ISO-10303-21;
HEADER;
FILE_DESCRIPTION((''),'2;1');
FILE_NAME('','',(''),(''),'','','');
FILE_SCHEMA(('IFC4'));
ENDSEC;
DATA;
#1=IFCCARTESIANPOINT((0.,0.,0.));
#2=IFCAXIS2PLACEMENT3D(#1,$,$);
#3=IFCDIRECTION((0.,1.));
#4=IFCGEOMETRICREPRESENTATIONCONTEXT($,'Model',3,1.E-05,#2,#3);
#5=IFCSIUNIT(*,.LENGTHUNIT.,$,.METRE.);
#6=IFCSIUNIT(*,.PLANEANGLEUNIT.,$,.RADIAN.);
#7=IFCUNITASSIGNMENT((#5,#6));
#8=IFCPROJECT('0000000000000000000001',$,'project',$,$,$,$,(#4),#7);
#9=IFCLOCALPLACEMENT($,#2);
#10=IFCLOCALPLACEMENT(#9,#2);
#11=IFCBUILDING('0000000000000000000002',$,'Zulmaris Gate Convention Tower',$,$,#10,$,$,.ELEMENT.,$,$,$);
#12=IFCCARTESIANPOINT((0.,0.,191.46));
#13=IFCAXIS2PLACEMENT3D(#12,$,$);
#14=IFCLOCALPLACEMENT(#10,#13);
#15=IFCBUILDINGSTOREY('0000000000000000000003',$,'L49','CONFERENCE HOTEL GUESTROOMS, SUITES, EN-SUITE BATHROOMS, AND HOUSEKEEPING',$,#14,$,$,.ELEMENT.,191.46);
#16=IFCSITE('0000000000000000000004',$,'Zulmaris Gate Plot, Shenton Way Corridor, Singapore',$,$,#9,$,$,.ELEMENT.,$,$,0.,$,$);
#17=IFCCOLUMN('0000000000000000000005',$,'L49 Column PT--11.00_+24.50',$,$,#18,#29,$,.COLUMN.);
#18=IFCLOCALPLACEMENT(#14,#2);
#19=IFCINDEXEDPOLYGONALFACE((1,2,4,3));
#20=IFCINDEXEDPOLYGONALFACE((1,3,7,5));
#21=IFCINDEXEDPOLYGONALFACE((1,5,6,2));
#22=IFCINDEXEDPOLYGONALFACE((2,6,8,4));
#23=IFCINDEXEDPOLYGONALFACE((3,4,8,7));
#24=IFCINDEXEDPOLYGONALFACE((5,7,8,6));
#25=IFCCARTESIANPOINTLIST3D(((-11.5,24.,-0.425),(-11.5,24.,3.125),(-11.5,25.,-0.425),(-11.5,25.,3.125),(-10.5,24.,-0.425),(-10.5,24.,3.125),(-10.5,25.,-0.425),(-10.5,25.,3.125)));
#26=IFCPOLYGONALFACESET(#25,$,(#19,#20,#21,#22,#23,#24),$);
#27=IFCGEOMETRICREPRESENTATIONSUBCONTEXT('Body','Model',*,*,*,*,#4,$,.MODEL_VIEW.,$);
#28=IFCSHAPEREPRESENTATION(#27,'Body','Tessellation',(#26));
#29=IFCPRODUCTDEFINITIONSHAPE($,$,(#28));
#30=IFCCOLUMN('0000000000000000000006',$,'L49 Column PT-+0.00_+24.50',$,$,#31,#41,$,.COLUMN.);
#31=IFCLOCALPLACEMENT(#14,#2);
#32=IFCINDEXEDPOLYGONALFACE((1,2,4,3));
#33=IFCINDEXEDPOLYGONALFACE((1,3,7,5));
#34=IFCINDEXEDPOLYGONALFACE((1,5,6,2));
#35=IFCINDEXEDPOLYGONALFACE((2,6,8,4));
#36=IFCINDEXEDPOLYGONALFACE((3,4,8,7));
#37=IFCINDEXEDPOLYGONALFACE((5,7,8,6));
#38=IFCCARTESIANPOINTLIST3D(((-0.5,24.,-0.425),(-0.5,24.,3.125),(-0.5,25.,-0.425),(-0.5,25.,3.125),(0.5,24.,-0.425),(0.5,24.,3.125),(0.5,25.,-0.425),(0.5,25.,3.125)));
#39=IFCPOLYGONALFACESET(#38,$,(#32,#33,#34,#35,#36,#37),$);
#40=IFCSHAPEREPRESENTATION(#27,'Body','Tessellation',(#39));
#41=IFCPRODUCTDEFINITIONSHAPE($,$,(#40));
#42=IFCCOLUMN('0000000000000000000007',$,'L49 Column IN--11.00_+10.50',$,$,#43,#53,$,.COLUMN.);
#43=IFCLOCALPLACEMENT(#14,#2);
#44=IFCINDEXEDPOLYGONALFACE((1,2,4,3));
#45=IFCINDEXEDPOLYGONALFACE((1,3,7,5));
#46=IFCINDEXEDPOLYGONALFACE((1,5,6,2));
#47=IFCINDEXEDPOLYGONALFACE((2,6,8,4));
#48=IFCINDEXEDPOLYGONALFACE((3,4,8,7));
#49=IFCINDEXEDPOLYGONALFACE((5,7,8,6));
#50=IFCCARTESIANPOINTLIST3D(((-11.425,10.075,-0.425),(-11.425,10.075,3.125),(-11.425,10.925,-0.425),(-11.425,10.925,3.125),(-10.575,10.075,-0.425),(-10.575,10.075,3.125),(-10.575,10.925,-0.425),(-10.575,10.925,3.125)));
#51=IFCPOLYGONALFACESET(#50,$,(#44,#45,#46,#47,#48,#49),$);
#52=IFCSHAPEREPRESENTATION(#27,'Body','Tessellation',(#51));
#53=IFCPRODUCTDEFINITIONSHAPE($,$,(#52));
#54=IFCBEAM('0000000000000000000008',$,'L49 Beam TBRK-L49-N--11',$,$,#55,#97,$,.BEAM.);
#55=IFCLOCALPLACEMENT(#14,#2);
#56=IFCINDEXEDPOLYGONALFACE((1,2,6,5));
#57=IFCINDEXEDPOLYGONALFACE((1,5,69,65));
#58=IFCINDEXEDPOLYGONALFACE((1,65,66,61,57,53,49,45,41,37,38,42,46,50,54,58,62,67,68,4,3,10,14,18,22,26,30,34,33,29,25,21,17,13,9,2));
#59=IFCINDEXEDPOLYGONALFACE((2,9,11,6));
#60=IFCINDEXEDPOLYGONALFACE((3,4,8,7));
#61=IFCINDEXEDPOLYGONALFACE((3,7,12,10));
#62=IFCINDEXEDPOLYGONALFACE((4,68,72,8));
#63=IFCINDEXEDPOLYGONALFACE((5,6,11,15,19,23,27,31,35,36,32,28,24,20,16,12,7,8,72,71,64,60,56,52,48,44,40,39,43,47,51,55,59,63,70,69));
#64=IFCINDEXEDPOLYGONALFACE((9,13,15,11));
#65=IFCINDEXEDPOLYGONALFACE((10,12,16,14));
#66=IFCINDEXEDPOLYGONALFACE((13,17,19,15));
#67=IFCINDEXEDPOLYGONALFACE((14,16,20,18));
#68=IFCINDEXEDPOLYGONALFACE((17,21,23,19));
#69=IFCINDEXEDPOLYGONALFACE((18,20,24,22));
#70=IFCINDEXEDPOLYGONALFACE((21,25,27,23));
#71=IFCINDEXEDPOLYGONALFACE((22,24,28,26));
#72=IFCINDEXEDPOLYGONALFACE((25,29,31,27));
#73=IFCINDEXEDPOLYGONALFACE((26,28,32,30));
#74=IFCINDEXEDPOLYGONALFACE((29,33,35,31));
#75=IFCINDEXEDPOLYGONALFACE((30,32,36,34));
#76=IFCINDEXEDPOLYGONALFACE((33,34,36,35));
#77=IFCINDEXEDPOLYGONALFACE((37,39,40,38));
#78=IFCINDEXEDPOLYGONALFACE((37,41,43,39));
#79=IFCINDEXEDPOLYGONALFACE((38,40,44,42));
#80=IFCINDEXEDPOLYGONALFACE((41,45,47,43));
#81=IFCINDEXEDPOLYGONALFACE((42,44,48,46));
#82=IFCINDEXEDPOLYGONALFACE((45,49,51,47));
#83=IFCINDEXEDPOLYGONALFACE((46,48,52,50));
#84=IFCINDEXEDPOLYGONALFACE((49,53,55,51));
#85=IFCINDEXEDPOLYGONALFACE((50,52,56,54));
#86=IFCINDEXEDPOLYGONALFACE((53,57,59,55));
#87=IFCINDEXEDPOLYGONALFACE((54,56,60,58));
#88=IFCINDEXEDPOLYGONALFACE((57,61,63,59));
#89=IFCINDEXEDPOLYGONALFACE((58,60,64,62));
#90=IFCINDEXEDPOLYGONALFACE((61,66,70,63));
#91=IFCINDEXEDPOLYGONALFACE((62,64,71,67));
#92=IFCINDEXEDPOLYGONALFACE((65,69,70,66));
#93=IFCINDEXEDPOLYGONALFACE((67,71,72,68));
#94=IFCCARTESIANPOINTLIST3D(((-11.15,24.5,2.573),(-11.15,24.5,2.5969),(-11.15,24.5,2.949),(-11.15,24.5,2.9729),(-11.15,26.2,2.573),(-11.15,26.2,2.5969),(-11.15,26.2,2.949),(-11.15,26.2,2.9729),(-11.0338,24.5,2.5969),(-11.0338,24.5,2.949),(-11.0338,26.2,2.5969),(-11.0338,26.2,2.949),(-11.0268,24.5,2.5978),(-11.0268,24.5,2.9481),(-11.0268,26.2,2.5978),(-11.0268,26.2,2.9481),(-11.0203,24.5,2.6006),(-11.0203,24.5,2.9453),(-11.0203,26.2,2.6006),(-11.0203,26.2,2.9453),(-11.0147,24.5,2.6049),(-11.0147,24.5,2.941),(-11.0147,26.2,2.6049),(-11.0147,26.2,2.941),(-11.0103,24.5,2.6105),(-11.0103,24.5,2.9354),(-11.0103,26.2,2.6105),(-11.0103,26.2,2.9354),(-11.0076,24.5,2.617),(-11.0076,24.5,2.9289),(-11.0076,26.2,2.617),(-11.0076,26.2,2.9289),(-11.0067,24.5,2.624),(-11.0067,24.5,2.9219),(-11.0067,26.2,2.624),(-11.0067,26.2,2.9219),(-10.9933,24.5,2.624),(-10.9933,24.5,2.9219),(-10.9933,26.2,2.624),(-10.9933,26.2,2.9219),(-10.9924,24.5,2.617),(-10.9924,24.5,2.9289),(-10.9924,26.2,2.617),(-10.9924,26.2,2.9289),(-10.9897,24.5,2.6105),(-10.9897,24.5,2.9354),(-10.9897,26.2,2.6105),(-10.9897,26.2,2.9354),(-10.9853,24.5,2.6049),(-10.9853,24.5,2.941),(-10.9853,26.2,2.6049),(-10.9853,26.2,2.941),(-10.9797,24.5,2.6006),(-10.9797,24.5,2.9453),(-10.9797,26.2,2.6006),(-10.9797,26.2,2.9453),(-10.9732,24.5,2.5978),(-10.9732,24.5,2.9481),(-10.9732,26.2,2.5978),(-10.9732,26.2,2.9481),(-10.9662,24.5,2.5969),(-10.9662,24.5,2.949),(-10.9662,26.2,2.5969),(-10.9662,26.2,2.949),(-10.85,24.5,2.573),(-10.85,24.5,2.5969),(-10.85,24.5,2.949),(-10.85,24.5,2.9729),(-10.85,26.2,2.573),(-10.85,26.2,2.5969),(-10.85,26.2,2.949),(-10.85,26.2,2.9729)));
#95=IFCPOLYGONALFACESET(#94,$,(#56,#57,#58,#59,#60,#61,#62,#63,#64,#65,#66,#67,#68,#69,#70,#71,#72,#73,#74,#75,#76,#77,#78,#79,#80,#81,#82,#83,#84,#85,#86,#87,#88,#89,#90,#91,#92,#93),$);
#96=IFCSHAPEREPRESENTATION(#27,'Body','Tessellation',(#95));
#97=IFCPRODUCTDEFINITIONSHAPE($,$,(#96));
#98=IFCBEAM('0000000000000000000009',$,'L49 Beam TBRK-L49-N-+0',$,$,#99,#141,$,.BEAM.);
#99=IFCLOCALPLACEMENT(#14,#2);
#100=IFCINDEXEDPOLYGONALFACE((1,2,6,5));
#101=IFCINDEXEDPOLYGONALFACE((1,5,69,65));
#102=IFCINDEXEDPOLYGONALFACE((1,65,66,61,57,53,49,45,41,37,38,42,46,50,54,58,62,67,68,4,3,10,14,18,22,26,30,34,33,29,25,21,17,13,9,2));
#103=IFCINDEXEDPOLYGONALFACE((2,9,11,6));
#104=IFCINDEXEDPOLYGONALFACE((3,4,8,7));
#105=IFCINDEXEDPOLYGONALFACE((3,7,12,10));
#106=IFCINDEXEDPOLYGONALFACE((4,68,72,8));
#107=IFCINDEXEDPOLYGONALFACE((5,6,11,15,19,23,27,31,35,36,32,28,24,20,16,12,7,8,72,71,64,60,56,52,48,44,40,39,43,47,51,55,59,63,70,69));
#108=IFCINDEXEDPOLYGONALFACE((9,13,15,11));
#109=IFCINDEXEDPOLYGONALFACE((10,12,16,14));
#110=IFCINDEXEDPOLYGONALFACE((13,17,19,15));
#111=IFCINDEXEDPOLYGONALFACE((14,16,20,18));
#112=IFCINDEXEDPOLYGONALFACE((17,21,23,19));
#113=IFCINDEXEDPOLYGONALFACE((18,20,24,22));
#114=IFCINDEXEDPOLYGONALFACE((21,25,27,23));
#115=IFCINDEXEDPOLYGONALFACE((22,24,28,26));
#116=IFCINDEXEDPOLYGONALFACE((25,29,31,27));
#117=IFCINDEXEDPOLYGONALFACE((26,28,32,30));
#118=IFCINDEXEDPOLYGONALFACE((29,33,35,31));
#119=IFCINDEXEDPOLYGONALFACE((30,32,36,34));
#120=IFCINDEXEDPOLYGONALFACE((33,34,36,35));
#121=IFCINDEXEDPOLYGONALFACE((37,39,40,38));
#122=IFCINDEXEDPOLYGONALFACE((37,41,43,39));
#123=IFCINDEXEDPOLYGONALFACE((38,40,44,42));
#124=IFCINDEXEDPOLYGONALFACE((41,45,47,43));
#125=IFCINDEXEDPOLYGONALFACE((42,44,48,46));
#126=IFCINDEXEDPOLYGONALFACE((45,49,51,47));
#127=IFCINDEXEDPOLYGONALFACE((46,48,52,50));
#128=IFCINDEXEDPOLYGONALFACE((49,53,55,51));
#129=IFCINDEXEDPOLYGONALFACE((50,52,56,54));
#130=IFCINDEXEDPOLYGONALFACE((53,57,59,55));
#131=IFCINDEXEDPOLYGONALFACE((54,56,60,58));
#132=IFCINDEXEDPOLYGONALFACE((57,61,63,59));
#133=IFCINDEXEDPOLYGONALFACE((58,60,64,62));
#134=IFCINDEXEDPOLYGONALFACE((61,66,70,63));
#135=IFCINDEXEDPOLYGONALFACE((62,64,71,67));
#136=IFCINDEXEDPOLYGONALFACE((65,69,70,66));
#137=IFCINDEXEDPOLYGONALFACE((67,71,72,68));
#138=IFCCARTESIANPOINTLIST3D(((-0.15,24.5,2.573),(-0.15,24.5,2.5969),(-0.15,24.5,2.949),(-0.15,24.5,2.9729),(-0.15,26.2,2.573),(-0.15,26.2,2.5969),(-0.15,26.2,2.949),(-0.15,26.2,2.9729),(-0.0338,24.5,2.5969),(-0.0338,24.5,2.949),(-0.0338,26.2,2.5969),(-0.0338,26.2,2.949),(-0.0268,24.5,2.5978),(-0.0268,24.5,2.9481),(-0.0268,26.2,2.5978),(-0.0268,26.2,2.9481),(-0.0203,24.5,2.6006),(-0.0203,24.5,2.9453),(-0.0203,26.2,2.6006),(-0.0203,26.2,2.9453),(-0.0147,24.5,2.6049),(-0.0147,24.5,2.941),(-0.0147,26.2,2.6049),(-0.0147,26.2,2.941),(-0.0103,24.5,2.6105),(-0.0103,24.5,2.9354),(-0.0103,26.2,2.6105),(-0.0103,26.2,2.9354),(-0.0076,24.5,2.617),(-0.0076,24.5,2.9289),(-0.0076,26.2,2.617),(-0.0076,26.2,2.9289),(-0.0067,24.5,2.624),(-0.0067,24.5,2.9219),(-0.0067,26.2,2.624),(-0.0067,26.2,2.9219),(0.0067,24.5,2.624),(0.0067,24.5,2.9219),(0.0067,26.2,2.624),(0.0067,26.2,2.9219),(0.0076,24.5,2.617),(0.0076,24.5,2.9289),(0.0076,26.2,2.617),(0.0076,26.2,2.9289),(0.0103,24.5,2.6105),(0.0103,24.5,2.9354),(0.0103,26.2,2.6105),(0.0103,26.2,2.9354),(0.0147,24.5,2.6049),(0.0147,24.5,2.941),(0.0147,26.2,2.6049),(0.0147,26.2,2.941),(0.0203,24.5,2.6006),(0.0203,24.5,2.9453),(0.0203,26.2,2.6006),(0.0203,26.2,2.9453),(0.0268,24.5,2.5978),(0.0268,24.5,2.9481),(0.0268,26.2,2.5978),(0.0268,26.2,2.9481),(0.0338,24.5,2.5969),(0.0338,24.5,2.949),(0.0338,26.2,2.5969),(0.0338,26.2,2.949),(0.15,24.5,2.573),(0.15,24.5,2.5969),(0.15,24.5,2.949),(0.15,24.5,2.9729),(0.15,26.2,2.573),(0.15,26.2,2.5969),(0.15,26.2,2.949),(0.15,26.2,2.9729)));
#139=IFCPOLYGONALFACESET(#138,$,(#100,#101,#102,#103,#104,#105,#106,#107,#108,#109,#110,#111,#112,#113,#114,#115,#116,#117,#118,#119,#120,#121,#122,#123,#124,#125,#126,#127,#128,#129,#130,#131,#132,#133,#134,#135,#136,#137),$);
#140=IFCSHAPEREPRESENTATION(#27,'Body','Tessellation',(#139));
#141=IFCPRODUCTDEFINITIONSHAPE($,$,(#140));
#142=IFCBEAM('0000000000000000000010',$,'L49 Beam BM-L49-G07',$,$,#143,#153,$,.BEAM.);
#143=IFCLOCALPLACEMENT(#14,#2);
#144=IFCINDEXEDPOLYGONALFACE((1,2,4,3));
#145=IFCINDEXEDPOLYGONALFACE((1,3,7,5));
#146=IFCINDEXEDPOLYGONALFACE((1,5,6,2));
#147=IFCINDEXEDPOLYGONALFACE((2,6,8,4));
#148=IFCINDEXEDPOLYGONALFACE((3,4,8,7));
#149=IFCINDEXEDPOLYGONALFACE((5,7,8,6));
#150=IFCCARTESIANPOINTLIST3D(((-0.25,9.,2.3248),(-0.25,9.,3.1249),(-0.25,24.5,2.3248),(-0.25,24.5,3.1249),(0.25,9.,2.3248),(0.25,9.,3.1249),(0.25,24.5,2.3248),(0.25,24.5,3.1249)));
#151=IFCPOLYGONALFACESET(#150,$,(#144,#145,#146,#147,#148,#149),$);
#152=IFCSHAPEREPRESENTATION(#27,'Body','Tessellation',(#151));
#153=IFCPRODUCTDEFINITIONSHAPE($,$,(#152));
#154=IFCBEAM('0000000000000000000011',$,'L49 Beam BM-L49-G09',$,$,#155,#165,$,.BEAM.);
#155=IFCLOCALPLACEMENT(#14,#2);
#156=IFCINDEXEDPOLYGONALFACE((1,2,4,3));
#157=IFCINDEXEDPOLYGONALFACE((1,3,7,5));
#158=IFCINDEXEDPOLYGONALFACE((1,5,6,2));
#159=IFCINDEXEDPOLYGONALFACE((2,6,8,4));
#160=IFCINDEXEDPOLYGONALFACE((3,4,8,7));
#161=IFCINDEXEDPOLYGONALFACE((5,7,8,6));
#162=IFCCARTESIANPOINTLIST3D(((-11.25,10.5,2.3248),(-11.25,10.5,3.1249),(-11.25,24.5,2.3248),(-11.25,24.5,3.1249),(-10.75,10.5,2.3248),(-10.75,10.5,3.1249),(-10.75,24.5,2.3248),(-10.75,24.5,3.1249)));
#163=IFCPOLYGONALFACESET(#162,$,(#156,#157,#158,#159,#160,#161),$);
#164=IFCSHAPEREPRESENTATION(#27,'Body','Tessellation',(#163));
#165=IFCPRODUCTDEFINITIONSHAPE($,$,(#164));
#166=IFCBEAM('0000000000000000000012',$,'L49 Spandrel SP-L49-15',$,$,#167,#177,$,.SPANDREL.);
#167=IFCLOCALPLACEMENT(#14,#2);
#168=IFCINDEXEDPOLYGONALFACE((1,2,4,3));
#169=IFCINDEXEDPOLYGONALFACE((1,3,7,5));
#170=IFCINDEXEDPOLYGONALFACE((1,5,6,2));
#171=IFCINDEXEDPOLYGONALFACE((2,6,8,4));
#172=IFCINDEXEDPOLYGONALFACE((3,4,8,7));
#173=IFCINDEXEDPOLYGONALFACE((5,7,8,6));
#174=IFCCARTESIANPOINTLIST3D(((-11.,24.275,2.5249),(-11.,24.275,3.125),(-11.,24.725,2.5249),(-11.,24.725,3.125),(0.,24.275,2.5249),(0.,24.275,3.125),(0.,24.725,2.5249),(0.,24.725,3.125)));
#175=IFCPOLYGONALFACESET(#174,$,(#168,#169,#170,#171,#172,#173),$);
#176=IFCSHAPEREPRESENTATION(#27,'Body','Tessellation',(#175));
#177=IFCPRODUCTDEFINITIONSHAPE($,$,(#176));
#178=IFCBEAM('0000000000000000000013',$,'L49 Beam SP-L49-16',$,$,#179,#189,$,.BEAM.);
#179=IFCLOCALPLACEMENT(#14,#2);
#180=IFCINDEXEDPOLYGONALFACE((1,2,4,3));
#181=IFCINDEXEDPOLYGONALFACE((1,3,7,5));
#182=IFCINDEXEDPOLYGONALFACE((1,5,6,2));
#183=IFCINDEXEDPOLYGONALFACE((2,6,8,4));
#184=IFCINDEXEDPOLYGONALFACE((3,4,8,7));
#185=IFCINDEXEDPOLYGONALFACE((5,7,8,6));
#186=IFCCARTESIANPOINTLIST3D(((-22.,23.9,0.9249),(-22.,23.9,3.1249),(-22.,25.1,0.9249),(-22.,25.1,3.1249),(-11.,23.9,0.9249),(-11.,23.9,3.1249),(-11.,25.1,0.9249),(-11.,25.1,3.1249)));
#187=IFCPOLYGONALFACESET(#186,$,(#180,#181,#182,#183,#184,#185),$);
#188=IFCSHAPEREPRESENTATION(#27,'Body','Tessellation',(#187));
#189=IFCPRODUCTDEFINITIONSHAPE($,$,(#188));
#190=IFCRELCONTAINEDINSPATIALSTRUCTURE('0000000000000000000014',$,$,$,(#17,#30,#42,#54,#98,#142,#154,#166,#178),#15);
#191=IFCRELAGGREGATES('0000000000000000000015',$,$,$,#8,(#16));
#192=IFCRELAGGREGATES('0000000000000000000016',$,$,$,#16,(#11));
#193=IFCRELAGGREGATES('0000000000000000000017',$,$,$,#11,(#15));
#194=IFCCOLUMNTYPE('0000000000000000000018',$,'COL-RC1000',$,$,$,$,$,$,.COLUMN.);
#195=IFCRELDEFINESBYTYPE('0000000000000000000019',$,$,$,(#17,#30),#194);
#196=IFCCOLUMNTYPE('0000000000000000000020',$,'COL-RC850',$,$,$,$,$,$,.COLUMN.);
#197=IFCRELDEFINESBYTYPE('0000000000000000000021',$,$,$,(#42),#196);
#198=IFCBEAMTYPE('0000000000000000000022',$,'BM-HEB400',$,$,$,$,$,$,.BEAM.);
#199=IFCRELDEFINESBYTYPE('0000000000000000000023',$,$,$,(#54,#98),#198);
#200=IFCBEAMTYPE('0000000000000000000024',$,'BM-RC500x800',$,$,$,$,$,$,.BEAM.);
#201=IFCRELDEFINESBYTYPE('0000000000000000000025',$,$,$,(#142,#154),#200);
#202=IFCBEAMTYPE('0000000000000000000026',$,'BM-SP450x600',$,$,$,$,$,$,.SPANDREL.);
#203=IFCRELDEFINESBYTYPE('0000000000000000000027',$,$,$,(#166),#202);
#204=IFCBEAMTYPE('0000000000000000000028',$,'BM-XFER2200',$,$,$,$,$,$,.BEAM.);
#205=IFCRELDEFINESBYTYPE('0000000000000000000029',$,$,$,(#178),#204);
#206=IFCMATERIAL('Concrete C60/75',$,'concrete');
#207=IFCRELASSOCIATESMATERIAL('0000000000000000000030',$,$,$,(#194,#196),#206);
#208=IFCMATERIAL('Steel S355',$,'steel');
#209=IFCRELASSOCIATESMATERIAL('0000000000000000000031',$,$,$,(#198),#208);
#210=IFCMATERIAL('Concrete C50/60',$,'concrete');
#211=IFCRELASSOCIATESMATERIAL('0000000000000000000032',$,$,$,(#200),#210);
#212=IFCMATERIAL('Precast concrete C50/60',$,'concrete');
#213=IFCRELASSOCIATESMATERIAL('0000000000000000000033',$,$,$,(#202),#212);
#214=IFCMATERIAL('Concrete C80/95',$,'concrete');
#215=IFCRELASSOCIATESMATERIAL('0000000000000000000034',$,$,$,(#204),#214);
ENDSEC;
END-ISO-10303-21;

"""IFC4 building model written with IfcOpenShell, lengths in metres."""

from ifc_helpers import new_model, si_unit, direction, frame, origin, origin_2d, place, context, subcontext, project, spatial, rectangle, i_section, extrude, material, material_profile, profile_set, type_object, element, save


model = new_model("IFC4")

# Units and contexts
model_context = context("Model", 3, precision=1e-05, world=origin(), true_north=direction((0.0, 1.0)))
body_context = subcontext(model_context, "Body", "Model", "MODEL_VIEW")
ifc_project = project(units=[si_unit("LENGTHUNIT", "METRE"), si_unit("PLANEANGLEUNIT", "RADIAN")], contexts=[model_context])

# Site, building, storey
site_placement = place(None, origin())
site = spatial("IfcSite", under=ifc_project, at=site_placement, Name="Zulmaris Gate Plot, Shenton Way Corridor, Singapore", CompositionType="ELEMENT", RefElevation=0.0)
building_placement = place(site_placement, origin())
building = spatial("IfcBuilding", under=site, at=building_placement, Name="Zulmaris Gate Convention Tower", CompositionType="ELEMENT")
storey_placement = place(building_placement, frame((0.0, 0.0, 191.46)))
storey = spatial("IfcBuildingStorey", under=building, at=storey_placement, Name="L49", Description="CONFERENCE HOTEL GUESTROOMS, SUITES, EN-SUITE BATHROOMS, AND HOUSEKEEPING", CompositionType="ELEMENT", Elevation=191.46)

# Columns
ifc_material_1 = material(Name="Concrete C60/75", Category="concrete")
ifc_material_profile_1 = material_profile(ifc_material_1, rectangle(XDim=1.0, YDim=1.0, at=origin_2d()), Name="RC COL 1000x1000")
ifc_profile_set_1 = profile_set([ifc_material_profile_1], Name="Concrete C60/75")
column_type_1 = type_object("IfcColumnType", Name="COL-RC1000", PredefinedType="COLUMN", material=ifc_profile_set_1)
for number, where, z_axis, x_axis, name in (
    (1, (-11.0, 24.5, -0.425), (0.0, 0.0, 1.0), (1.0, 0.0, 0.0), "L49 Column PT--11.00_+24.50"),
    (2, (0.0, 24.5, -0.425), (0.0, 0.0, 1.0), (1.0, 0.0, 0.0), "L49 Column PT-+0.00_+24.50"),
):
    element("IfcColumn", number, at=place(storey_placement, frame(where, z_axis=z_axis, x_axis=x_axis)), inside=storey, type_object=column_type_1, Name=name, PredefinedType="COLUMN", context=body_context, shape_type="SweptSolid", body=[
        extrude(rectangle(XDim=1.0, YDim=1.0, at=origin_2d()), origin(), (0.0, 0.0, 1.0), 3.55),
    ])
ifc_material_profile_2 = material_profile(ifc_material_1, rectangle(XDim=0.8501, YDim=0.8501, at=origin_2d()), Name="RC COL 850x850")
ifc_profile_set_2 = profile_set([ifc_material_profile_2], Name="Concrete C60/75")
column_type_2 = type_object("IfcColumnType", Name="COL-RC850", PredefinedType="COLUMN", material=ifc_profile_set_2)
column_placement = place(storey_placement, frame((-11.0, 10.5, -0.425), z_axis=(0.0, 0.0, 1.0), x_axis=(1.0, 0.0, 0.0)))
element("IfcColumn", 3, at=column_placement, inside=storey, type_object=column_type_2, Name="L49 Column IN--11.00_+10.50", PredefinedType="COLUMN", context=body_context, shape_type="SweptSolid", body=[
    extrude(rectangle(XDim=0.8501, YDim=0.8501, at=origin_2d()), origin(), (0.0, 0.0, 1.0), 3.55),
])

# Beams
ifc_material_2 = material(Name="Steel S355", Category="steel")
ifc_material_profile_3 = material_profile(ifc_material_2, i_section(OverallWidth=0.3, OverallDepth=0.3999, WebThickness=0.0134, FlangeThickness=0.0239, FilletRadius=0.0271, at=origin_2d()), Name="HEB 400")
ifc_profile_set_3 = profile_set([ifc_material_profile_3], Name="Steel S355")
beam_type_1 = type_object("IfcBeamType", Name="BM-HEB400", PredefinedType="BEAM", material=ifc_profile_set_3)
for number, where, z_axis, x_axis, name in (
    (4, (-11.0, 24.5, 2.7729), (0.0, 1.0, 0.0), (-1.0, 0.0, 0.0), "L49 Beam TBRK-L49-N--11"),
    (5, (0.0, 24.5, 2.7729), (0.0, 1.0, 0.0), (-1.0, 0.0, 0.0), "L49 Beam TBRK-L49-N-+0"),
):
    element("IfcBeam", number, at=place(storey_placement, frame(where, z_axis=z_axis, x_axis=x_axis)), inside=storey, type_object=beam_type_1, Name=name, PredefinedType="BEAM", context=body_context, shape_type="SweptSolid", body=[
        extrude(i_section(OverallWidth=0.3, OverallDepth=0.3999, WebThickness=0.0134, FlangeThickness=0.0239, FilletRadius=0.0271, at=origin_2d()), origin(), (0.0, 0.0, 1.0), 1.7),
    ])
ifc_material_3 = material(Name="Concrete C50/60", Category="concrete")
ifc_material_profile_4 = material_profile(ifc_material_3, rectangle(XDim=0.5, YDim=0.8, at=origin_2d()), Name="RC BEAM 500x800")
ifc_profile_set_4 = profile_set([ifc_material_profile_4], Name="Concrete C50/60")
beam_type_2 = type_object("IfcBeamType", Name="BM-RC500x800", PredefinedType="BEAM", material=ifc_profile_set_4)
beam_1_placement = place(storey_placement, frame((0.0, 9.0, 2.7249), z_axis=(0.0, 1.0, 0.0), x_axis=(-1.0, 0.0, 0.0)))
element("IfcBeam", 6, at=beam_1_placement, inside=storey, type_object=beam_type_2, Name="L49 Beam BM-L49-G07", PredefinedType="BEAM", context=body_context, shape_type="SweptSolid", body=[
    extrude(rectangle(XDim=0.5, YDim=0.8, at=origin_2d()), origin(), (0.0, 0.0, 1.0), 15.5),
])
beam_2_placement = place(storey_placement, frame((-11.0, 10.5, 2.7249), z_axis=(0.0, 1.0, 0.0), x_axis=(-1.0, 0.0, 0.0)))
element("IfcBeam", 7, at=beam_2_placement, inside=storey, type_object=beam_type_2, Name="L49 Beam BM-L49-G09", PredefinedType="BEAM", context=body_context, shape_type="SweptSolid", body=[
    extrude(rectangle(XDim=0.5, YDim=0.8, at=origin_2d()), origin(), (0.0, 0.0, 1.0), 14.0),
])
ifc_material_4 = material(Name="Precast concrete C50/60", Category="concrete")
ifc_material_profile_5 = material_profile(ifc_material_4, rectangle(XDim=0.45, YDim=0.6001, at=origin_2d()), Name="RC SPANDREL 450x600")
ifc_profile_set_5 = profile_set([ifc_material_profile_5], Name="Precast concrete C50/60")
beam_type_3 = type_object("IfcBeamType", Name="BM-SP450x600", PredefinedType="SPANDREL", material=ifc_profile_set_5)
beam_3_placement = place(storey_placement, frame((0.0, 24.5, 2.825), z_axis=(-1.0, 0.0, 0.0), x_axis=(0.0, -1.0, 0.0)))
element("IfcBeam", 8, at=beam_3_placement, inside=storey, type_object=beam_type_3, Name="L49 Spandrel SP-L49-15", PredefinedType="SPANDREL", context=body_context, shape_type="SweptSolid", body=[
    extrude(rectangle(XDim=0.45, YDim=0.6001, at=origin_2d()), origin(), (0.0, 0.0, 1.0), 11.0),
])
ifc_material_5 = material(Name="Concrete C80/95", Category="concrete")
ifc_material_profile_6 = material_profile(ifc_material_5, rectangle(XDim=1.2, YDim=2.2, at=origin_2d()), Name="RC TRANSFER 1200x2200")
ifc_profile_set_6 = profile_set([ifc_material_profile_6], Name="Concrete C80/95")
beam_type_4 = type_object("IfcBeamType", Name="BM-XFER2200", PredefinedType="BEAM", material=ifc_profile_set_6)
beam_4_placement = place(storey_placement, frame((-11.0, 24.5, 2.0249), z_axis=(-1.0, 0.0, 0.0), x_axis=(0.0, -1.0, 0.0)))
element("IfcBeam", 9, at=beam_4_placement, inside=storey, type_object=beam_type_4, Name="L49 Beam SP-L49-16", PredefinedType="BEAM", context=body_context, shape_type="SweptSolid", body=[
    extrude(rectangle(XDim=1.2, YDim=2.2, at=origin_2d()), origin(), (0.0, 0.0, 1.0), 11.0),
])

save(model, "model.ifc")
